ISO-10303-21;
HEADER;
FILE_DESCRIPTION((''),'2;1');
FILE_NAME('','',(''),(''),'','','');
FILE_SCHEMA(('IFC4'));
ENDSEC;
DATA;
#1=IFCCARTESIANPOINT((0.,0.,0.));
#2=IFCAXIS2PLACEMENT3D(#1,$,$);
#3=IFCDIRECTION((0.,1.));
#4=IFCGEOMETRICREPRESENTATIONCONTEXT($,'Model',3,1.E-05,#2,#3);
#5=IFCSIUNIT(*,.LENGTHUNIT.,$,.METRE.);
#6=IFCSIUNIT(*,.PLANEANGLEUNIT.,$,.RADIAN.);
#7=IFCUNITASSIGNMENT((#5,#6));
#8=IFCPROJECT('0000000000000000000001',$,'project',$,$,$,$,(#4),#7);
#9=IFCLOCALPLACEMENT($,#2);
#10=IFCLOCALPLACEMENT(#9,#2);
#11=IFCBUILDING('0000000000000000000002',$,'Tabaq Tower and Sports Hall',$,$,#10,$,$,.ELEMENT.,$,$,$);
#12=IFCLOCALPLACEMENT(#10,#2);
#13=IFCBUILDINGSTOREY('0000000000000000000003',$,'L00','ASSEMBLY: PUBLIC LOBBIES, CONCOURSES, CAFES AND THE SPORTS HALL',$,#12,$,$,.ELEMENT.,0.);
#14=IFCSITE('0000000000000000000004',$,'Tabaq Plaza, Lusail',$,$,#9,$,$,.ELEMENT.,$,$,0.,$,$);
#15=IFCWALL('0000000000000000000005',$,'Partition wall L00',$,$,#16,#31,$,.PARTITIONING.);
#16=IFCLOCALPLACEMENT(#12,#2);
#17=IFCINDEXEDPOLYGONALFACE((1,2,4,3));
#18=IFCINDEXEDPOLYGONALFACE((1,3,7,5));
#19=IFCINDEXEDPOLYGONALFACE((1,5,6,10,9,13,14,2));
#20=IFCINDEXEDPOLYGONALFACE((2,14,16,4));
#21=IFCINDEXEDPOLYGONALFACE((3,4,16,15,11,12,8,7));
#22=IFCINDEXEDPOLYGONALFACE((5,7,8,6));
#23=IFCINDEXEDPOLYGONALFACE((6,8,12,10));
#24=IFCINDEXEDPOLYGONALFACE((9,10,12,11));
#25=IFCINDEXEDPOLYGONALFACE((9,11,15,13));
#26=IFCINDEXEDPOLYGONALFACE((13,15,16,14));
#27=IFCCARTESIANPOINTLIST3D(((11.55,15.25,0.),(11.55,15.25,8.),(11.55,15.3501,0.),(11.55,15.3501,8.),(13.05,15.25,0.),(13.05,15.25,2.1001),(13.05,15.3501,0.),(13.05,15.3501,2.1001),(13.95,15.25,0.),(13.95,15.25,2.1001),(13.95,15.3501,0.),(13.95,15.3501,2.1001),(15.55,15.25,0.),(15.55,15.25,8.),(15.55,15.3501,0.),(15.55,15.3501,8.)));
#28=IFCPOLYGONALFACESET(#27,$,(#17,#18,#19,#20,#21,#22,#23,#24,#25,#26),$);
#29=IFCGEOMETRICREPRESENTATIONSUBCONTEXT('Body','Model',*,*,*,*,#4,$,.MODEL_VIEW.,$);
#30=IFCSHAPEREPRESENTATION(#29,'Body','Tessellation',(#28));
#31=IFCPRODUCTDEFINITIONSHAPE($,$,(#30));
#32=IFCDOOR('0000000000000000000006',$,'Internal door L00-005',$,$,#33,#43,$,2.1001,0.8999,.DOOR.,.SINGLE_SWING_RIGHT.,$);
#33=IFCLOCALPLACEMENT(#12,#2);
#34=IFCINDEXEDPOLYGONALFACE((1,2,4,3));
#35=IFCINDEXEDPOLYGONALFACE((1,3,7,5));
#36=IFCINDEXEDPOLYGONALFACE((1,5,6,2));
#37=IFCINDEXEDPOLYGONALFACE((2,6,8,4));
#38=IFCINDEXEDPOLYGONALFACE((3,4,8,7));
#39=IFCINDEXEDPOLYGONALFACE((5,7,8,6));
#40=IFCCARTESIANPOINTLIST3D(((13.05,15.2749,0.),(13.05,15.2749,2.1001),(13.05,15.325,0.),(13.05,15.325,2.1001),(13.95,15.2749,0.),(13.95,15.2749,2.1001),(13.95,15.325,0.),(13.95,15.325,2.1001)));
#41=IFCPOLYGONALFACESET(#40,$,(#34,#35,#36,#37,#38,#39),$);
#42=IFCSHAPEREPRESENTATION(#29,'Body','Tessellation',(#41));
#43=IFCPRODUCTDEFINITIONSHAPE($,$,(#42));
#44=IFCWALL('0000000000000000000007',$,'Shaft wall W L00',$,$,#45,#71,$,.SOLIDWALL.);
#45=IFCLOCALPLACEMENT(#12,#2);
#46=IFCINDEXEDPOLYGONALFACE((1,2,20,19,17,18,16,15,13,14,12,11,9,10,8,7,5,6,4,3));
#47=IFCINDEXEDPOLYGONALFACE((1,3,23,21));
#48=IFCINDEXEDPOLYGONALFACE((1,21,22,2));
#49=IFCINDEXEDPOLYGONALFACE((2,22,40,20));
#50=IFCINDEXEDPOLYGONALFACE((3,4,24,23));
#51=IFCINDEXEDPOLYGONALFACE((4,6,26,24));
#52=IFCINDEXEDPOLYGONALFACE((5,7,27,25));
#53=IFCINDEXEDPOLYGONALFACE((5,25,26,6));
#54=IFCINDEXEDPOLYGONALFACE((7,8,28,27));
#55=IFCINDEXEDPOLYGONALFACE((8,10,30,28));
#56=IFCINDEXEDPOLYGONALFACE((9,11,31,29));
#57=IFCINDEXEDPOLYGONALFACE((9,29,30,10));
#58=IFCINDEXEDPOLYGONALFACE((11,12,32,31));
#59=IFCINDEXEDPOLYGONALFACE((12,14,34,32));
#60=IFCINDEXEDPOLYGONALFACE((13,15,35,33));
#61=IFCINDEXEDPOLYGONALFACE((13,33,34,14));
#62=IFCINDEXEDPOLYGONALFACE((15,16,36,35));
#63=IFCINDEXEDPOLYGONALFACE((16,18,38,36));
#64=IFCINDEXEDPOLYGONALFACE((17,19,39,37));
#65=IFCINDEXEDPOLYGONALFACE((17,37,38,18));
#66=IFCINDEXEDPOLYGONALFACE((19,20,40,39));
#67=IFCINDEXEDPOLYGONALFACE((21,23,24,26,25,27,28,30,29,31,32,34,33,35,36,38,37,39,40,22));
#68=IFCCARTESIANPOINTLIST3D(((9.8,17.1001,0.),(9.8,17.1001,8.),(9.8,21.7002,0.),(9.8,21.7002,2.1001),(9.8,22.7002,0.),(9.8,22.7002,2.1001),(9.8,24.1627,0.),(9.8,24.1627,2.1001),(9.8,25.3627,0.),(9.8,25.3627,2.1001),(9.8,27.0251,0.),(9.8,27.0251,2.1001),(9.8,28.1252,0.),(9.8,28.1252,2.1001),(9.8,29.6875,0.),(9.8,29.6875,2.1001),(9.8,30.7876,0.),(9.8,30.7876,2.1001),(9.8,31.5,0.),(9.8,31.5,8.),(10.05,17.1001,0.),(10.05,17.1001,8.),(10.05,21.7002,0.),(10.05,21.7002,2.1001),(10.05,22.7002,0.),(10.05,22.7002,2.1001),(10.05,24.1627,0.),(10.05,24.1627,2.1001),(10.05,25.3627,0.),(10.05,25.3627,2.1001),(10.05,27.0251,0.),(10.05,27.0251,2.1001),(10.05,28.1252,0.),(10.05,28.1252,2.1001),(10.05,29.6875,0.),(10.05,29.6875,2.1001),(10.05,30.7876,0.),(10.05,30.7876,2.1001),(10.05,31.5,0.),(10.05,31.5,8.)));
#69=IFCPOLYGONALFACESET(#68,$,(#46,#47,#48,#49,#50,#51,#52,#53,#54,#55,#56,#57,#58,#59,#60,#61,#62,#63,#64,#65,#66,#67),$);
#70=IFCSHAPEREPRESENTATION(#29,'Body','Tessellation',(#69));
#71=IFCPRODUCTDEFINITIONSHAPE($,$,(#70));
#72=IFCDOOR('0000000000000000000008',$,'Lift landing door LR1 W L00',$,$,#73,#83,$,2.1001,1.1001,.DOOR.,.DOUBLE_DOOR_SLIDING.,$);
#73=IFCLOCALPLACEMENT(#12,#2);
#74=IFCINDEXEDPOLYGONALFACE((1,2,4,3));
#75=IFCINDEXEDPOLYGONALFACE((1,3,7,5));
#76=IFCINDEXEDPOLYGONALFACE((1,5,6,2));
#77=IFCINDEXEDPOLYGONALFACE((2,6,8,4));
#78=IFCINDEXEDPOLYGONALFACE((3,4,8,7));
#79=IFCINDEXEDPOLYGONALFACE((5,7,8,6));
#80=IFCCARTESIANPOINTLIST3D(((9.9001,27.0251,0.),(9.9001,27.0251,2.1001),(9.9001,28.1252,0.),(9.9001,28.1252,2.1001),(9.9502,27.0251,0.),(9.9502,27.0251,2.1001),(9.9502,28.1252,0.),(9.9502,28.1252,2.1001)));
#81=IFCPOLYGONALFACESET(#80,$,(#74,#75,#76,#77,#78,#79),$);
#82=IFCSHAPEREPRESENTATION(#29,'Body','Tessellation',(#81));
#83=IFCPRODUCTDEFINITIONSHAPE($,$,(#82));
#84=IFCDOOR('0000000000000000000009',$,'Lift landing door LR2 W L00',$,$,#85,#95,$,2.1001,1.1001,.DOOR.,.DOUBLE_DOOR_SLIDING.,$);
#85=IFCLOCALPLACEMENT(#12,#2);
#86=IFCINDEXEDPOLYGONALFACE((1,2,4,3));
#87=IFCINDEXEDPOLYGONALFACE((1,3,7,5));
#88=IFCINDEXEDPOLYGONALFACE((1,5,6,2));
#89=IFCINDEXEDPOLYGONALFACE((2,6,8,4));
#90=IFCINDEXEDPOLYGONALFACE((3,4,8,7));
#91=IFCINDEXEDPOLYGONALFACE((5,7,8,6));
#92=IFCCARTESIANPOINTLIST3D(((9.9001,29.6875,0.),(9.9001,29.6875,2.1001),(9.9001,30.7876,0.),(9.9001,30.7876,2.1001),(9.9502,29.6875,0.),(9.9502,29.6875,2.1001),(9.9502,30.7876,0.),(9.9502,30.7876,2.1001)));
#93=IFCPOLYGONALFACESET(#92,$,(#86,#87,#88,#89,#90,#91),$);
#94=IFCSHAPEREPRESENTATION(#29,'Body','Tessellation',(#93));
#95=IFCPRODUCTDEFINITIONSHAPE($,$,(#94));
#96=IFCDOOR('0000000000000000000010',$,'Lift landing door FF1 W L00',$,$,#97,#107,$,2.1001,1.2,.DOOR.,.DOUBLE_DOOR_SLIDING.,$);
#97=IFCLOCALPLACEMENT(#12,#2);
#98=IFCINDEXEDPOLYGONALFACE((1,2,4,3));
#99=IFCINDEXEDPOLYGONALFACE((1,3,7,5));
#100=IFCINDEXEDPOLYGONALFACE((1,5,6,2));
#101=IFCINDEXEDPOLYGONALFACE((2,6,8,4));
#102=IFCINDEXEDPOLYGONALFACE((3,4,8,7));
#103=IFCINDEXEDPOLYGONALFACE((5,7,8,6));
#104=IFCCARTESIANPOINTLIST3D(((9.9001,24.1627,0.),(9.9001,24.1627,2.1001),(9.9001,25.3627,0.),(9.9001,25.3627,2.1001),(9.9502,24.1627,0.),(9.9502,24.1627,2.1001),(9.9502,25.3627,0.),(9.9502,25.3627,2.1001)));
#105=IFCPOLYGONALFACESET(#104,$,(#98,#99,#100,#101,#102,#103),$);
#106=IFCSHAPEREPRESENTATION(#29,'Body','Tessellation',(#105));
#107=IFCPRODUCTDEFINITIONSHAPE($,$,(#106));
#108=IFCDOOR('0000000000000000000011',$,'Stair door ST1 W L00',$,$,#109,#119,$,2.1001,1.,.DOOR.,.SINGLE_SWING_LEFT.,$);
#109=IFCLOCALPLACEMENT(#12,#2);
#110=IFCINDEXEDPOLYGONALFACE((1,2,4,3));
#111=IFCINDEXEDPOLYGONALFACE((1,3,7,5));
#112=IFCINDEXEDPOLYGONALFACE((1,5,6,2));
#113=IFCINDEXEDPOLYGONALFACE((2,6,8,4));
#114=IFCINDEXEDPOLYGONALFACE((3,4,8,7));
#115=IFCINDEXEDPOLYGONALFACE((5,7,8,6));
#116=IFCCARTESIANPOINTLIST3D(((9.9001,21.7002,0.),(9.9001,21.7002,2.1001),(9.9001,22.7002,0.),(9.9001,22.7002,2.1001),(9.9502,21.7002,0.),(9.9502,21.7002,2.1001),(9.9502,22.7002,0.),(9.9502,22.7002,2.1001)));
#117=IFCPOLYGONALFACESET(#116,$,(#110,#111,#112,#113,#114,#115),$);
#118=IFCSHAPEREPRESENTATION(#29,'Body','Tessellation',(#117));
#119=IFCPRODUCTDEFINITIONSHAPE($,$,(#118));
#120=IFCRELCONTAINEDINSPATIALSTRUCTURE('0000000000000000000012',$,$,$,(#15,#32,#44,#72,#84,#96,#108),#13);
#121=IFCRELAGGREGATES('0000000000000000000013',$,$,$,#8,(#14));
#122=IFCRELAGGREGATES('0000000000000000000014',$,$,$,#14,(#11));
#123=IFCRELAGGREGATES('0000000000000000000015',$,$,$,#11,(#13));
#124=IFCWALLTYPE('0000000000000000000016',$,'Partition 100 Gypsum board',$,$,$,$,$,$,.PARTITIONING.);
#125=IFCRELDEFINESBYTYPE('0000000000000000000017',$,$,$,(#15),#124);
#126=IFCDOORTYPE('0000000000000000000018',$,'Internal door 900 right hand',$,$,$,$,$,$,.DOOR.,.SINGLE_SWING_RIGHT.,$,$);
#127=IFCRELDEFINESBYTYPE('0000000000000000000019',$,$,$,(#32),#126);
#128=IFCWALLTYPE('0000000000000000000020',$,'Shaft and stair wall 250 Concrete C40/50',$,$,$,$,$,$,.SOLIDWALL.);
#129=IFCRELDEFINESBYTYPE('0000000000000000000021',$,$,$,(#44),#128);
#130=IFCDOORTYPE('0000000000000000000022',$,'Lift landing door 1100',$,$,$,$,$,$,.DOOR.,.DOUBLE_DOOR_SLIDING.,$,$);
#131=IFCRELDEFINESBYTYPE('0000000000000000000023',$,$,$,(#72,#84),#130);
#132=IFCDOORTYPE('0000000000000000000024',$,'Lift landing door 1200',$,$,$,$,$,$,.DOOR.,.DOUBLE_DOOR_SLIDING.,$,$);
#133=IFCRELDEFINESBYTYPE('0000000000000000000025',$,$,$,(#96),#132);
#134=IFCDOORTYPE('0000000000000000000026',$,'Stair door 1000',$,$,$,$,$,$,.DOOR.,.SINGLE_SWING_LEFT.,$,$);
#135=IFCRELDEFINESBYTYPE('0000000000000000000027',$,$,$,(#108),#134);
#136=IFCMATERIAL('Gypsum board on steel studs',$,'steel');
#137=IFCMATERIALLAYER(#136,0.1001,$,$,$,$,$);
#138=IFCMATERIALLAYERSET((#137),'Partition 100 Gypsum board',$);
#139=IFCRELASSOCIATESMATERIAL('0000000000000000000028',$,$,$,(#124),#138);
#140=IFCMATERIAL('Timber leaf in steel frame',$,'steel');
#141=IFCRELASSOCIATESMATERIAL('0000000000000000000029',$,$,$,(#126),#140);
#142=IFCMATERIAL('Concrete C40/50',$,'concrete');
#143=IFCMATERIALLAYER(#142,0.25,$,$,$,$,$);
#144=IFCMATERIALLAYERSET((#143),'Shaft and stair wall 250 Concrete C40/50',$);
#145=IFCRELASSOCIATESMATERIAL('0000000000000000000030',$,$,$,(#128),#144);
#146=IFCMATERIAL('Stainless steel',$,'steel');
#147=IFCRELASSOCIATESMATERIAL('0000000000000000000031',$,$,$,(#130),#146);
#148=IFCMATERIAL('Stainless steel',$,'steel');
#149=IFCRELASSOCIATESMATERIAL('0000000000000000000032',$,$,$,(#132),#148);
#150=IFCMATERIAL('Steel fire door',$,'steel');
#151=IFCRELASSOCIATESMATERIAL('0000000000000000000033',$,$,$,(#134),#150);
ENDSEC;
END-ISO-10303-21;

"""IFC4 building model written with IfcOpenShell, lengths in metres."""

from ifc_helpers import new_model, si_unit, direction, frame, frame_2d, origin, place, context, subcontext, project, spatial, rectangle, extrude, material, layer, layer_set, type_object, element, fill, save


model = new_model("IFC4")

# Units and contexts
model_context = context("Model", 3, precision=1e-05, world=origin(), true_north=direction((0.0, 1.0)))
body_context = subcontext(model_context, "Body", "Model", "MODEL_VIEW")
ifc_project = project(units=[si_unit("LENGTHUNIT", "METRE"), si_unit("PLANEANGLEUNIT", "RADIAN")], contexts=[model_context])

# Site, building, storey
site_placement = place(None, origin())
site = spatial("IfcSite", under=ifc_project, at=site_placement, Name="Tabaq Plaza, Lusail", CompositionType="ELEMENT", RefElevation=0.0)
building_placement = place(site_placement, origin())
building = spatial("IfcBuilding", under=site, at=building_placement, Name="Tabaq Tower and Sports Hall", CompositionType="ELEMENT")
storey_placement = place(building_placement, origin())
storey = spatial("IfcBuildingStorey", under=building, at=storey_placement, Name="L00", Description="ASSEMBLY: PUBLIC LOBBIES, CONCOURSES, CAFES AND THE SPORTS HALL", CompositionType="ELEMENT", Elevation=0.0)

# Wall, opening, door
ifc_material_1 = material(Name="Gypsum board on steel studs", Category="steel")
ifc_layer_1 = layer(ifc_material_1, 0.1001)
ifc_layer_set_1 = layer_set([ifc_layer_1], Name="Partition 100 Gypsum board")
wall_type_1 = type_object("IfcWallType", Name="Partition 100 Gypsum board", PredefinedType="PARTITIONING", material=ifc_layer_set_1)
wall_1_placement = place(storey_placement, frame((11.55, 15.3, 0.0), z_axis=(0.0, 0.0, 1.0), x_axis=(1.0, 0.0, 0.0)))
wall_1 = element("IfcWall", 1, at=wall_1_placement, inside=storey, type_object=wall_type_1, Name="Partition wall L00", PredefinedType="PARTITIONING", context=body_context, shape_type="SweptSolid", body=[
    extrude(rectangle(XDim=4.0, YDim=0.1001, at=frame_2d((2.0, 0.0))), origin(), (0.0, 0.0, 1.0), 8.0),
])
opening_1_placement = place(wall_1_placement, frame((1.5, 0.0, 0.0)))
opening_1 = element("IfcOpeningElement", 2, at=opening_1_placement, cuts=wall_1, PredefinedType="OPENING", context=body_context, shape_type="SweptSolid", body=[
    extrude(rectangle(XDim=0.8999, YDim=2.1001, at=frame_2d((0.45, 1.05))), frame((0.0, 0.05, 0.0), z_axis=(0.0, -1.0, 0.0), x_axis=(1.0, 0.0, 0.0)), (0.0, 0.0, 1.0), 0.1001),
])
ifc_material_2 = material(Name="Timber leaf in steel frame", Category="steel")
door_type_1 = type_object("IfcDoorType", Name="Internal door 900 right hand", OperationType="SINGLE_SWING_RIGHT", PredefinedType="DOOR", material=ifc_material_2)
door_1_placement = place(opening_1_placement, origin())
door_1 = element("IfcDoor", 3, at=door_1_placement, inside=storey, type_object=door_type_1, Name="Internal door L00-005", OperationType="SINGLE_SWING_RIGHT", OverallHeight=2.1001, OverallWidth=0.8999, PredefinedType="DOOR", context=body_context, shape_type="SweptSolid", body=[
    extrude(rectangle(XDim=0.8999, YDim=2.1001, at=frame_2d((0.45, 1.05))), frame((0.0, 0.0249, 0.0), z_axis=(0.0, -1.0, 0.0), x_axis=(1.0, 0.0, 0.0)), (0.0, 0.0, 1.0), 0.05),
])
fill(opening_1, door_1)

# Wall, openings, doors
ifc_material_3 = material(Name="Concrete C40/50", Category="concrete")
ifc_layer_2 = layer(ifc_material_3, 0.25)
ifc_layer_set_2 = layer_set([ifc_layer_2], Name="Shaft and stair wall 250 Concrete C40/50")
wall_type_2 = type_object("IfcWallType", Name="Shaft and stair wall 250 Concrete C40/50", PredefinedType="SOLIDWALL", material=ifc_layer_set_2)
wall_2_placement = place(storey_placement, frame((9.925, 17.1001, 0.0), z_axis=(0.0, 0.0, 1.0), x_axis=(0.0, 1.0, 0.0)))
wall_2 = element("IfcWall", 4, at=wall_2_placement, inside=storey, type_object=wall_type_2, Name="Shaft wall W L00", PredefinedType="SOLIDWALL", context=body_context, shape_type="SweptSolid", body=[
    extrude(rectangle(XDim=14.3999, YDim=0.25, at=frame_2d((7.2, 0.0))), origin(), (0.0, 0.0, 1.0), 8.0),
])
opening_2_placement = place(wall_2_placement, frame((4.6001, 0.0, 0.0)))
opening_2 = element("IfcOpeningElement", 5, at=opening_2_placement, cuts=wall_2, PredefinedType="OPENING", context=body_context, shape_type="SweptSolid", body=[
    extrude(rectangle(XDim=1.0, YDim=2.1001, at=frame_2d((0.5, 1.05))), frame((0.0, 0.125, 0.0), z_axis=(0.0, -1.0, 0.0), x_axis=(1.0, 0.0, 0.0)), (0.0, 0.0, 1.0), 0.25),
])
opening_3_placement = place(wall_2_placement, frame((7.0625, 0.0, 0.0)))
opening_3 = element("IfcOpeningElement", 6, at=opening_3_placement, cuts=wall_2, PredefinedType="OPENING", context=body_context, shape_type="SweptSolid", body=[
    extrude(rectangle(XDim=1.2, YDim=2.1001, at=frame_2d((0.6001, 1.05))), frame((0.0, 0.125, 0.0), z_axis=(0.0, -1.0, 0.0), x_axis=(1.0, 0.0, 0.0)), (0.0, 0.0, 1.0), 0.25),
])
opening_4_placement = place(wall_2_placement, frame((9.925, 0.0, 0.0)))
opening_4 = element("IfcOpeningElement", 7, at=opening_4_placement, cuts=wall_2, PredefinedType="OPENING", context=body_context, shape_type="SweptSolid", body=[
    extrude(rectangle(XDim=1.1001, YDim=2.1001, at=frame_2d((0.55, 1.05))), frame((0.0, 0.125, 0.0), z_axis=(0.0, -1.0, 0.0), x_axis=(1.0, 0.0, 0.0)), (0.0, 0.0, 1.0), 0.25),
])
opening_5_placement = place(wall_2_placement, frame((12.5874, 0.0, 0.0)))
opening_5 = element("IfcOpeningElement", 8, at=opening_5_placement, cuts=wall_2, PredefinedType="OPENING", context=body_context, shape_type="SweptSolid", body=[
    extrude(rectangle(XDim=1.1001, YDim=2.1001, at=frame_2d((0.55, 1.05))), frame((0.0, 0.125, 0.0), z_axis=(0.0, -1.0, 0.0), x_axis=(1.0, 0.0, 0.0)), (0.0, 0.0, 1.0), 0.25),
])
ifc_material_4 = material(Name="Stainless steel", Category="steel")
door_type_2 = type_object("IfcDoorType", Name="Lift landing door 1100", OperationType="DOUBLE_DOOR_SLIDING", PredefinedType="DOOR", material=ifc_material_4)
door_2_placement = place(opening_4_placement, origin())
door_2 = element("IfcDoor", 9, at=door_2_placement, inside=storey, type_object=door_type_2, Name="Lift landing door LR1 W L00", OperationType="DOUBLE_DOOR_SLIDING", OverallHeight=2.1001, OverallWidth=1.1001, PredefinedType="DOOR", context=body_context, shape_type="SweptSolid", body=[
    extrude(rectangle(XDim=1.1001, YDim=2.1001, at=frame_2d((0.55, 1.05))), frame((0.0, 0.0249, 0.0), z_axis=(0.0, -1.0, 0.0), x_axis=(1.0, 0.0, 0.0)), (0.0, 0.0, 1.0), 0.05),
])
fill(opening_4, door_2)
door_3_placement = place(opening_5_placement, origin())
door_3 = element("IfcDoor", 10, at=door_3_placement, inside=storey, type_object=door_type_2, Name="Lift landing door LR2 W L00", OperationType="DOUBLE_DOOR_SLIDING", OverallHeight=2.1001, OverallWidth=1.1001, PredefinedType="DOOR", context=body_context, shape_type="SweptSolid", body=[
    extrude(rectangle(XDim=1.1001, YDim=2.1001, at=frame_2d((0.55, 1.05))), frame((0.0, 0.0249, 0.0), z_axis=(0.0, -1.0, 0.0), x_axis=(1.0, 0.0, 0.0)), (0.0, 0.0, 1.0), 0.05),
])
fill(opening_5, door_3)
ifc_material_5 = material(Name="Stainless steel", Category="steel")
door_type_3 = type_object("IfcDoorType", Name="Lift landing door 1200", OperationType="DOUBLE_DOOR_SLIDING", PredefinedType="DOOR", material=ifc_material_5)
door_4_placement = place(opening_3_placement, origin())
door_4 = element("IfcDoor", 11, at=door_4_placement, inside=storey, type_object=door_type_3, Name="Lift landing door FF1 W L00", OperationType="DOUBLE_DOOR_SLIDING", OverallHeight=2.1001, OverallWidth=1.2, PredefinedType="DOOR", context=body_context, shape_type="SweptSolid", body=[
    extrude(rectangle(XDim=1.2, YDim=2.1001, at=frame_2d((0.6001, 1.05))), frame((0.0, 0.0249, 0.0), z_axis=(0.0, -1.0, 0.0), x_axis=(1.0, 0.0, 0.0)), (0.0, 0.0, 1.0), 0.05),
])
fill(opening_3, door_4)
ifc_material_6 = material(Name="Steel fire door", Category="steel")
door_type_4 = type_object("IfcDoorType", Name="Stair door 1000", OperationType="SINGLE_SWING_LEFT", PredefinedType="DOOR", material=ifc_material_6)
door_5_placement = place(opening_2_placement, origin())
door_5 = element("IfcDoor", 12, at=door_5_placement, inside=storey, type_object=door_type_4, Name="Stair door ST1 W L00", OperationType="SINGLE_SWING_LEFT", OverallHeight=2.1001, OverallWidth=1.0, PredefinedType="DOOR", context=body_context, shape_type="SweptSolid", body=[
    extrude(rectangle(XDim=1.0, YDim=2.1001, at=frame_2d((0.5, 1.05))), frame((0.0, 0.0249, 0.0), z_axis=(0.0, -1.0, 0.0), x_axis=(1.0, 0.0, 0.0)), (0.0, 0.0, 1.0), 0.05),
])
fill(opening_2, door_5)

save(model, "model.ifc")
